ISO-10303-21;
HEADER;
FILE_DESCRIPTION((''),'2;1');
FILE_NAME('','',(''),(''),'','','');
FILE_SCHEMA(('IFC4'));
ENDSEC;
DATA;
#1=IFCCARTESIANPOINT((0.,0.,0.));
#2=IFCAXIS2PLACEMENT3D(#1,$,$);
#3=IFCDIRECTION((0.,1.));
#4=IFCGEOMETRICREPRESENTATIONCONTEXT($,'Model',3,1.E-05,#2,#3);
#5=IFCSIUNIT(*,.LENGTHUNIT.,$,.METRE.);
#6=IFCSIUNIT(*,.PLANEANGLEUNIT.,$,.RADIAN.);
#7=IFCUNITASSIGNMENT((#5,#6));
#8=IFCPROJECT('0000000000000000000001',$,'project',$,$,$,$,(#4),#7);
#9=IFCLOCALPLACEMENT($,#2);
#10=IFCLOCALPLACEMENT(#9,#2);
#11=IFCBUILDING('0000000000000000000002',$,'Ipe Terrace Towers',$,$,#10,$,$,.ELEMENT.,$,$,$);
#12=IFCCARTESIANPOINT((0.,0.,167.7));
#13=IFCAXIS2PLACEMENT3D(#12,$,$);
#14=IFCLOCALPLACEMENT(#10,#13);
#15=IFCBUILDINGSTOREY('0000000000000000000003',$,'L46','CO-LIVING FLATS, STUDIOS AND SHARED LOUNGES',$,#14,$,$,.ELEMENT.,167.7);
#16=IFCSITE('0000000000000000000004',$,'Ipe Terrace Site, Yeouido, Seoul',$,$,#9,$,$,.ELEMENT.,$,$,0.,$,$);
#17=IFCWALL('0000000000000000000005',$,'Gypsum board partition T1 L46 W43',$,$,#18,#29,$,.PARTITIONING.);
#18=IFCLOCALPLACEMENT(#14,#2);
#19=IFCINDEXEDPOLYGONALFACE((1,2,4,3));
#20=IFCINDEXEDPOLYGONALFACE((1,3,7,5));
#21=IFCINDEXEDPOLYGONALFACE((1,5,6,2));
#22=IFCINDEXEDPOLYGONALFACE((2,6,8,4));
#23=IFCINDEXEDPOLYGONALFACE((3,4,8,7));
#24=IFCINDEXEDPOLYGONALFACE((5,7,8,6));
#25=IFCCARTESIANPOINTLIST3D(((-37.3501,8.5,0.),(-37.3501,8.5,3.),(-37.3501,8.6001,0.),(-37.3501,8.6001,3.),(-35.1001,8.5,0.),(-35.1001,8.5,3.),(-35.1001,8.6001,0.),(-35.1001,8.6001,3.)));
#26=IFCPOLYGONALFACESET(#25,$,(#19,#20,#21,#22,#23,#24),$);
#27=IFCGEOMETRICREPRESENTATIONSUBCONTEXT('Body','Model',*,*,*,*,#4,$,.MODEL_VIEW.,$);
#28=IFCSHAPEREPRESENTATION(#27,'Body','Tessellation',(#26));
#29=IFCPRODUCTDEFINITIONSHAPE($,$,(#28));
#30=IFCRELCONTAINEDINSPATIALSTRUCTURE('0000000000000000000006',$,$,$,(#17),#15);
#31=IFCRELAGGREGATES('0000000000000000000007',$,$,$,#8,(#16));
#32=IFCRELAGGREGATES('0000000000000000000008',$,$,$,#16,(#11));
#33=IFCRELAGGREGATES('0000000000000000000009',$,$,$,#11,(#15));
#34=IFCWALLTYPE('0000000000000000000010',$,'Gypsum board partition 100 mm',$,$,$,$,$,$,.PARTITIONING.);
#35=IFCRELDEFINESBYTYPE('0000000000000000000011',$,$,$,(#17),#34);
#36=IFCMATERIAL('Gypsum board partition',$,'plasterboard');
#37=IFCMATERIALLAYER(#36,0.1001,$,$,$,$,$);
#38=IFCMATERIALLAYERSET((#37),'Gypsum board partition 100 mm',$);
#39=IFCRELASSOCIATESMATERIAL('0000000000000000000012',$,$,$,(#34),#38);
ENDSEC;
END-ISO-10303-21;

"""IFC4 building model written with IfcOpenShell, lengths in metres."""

from ifc_helpers import new_model, si_unit, direction, frame, frame_2d, origin, place, context, subcontext, project, spatial, rectangle, extrude, material, layer, layer_set, type_object, element, save


model = new_model("IFC4")

# Units and contexts
model_context = context("Model", 3, precision=1e-05, world=origin(), true_north=direction((0.0, 1.0)))
body_context = subcontext(model_context, "Body", "Model", "MODEL_VIEW")
ifc_project = project(units=[si_unit("LENGTHUNIT", "METRE"), si_unit("PLANEANGLEUNIT", "RADIAN")], contexts=[model_context])

# Site, building, storey
site_placement = place(None, origin())
site = spatial("IfcSite", under=ifc_project, at=site_placement, Name="Ipe Terrace Site, Yeouido, Seoul", CompositionType="ELEMENT", RefElevation=0.0)
building_placement = place(site_placement, origin())
building = spatial("IfcBuilding", under=site, at=building_placement, Name="Ipe Terrace Towers", CompositionType="ELEMENT")
storey_placement = place(building_placement, frame((0.0, 0.0, 167.7)))
storey = spatial("IfcBuildingStorey", under=building, at=storey_placement, Name="L46", Description="CO-LIVING FLATS, STUDIOS AND SHARED LOUNGES", CompositionType="ELEMENT", Elevation=167.7)

# Shared definitions
ifc_material_1 = material(Name="Gypsum board partition", Category="plasterboard")
ifc_layer_1 = layer(ifc_material_1, 0.1001)
ifc_layer_set_1 = layer_set([ifc_layer_1], Name="Gypsum board partition 100 mm")
wall_type_1 = type_object("IfcWallType", Name="Gypsum board partition 100 mm", PredefinedType="PARTITIONING", material=ifc_layer_set_1)

# Wall
wall_1_placement = place(storey_placement, frame((-37.3501, 8.55, 0.0), z_axis=(0.0, 0.0, 1.0), x_axis=(1.0, 0.0, 0.0)))
element("IfcWall", 1, at=wall_1_placement, inside=storey, type_object=wall_type_1, Name="Gypsum board partition T1 L46 W43", PredefinedType="PARTITIONING", context=body_context, shape_type="SweptSolid", body=[
    extrude(rectangle(XDim=2.25, YDim=0.1001, at=frame_2d((1.125, 0.0))), origin(), (0.0, 0.0, 1.0), 3.0),
])

save(model, "model.ifc")
